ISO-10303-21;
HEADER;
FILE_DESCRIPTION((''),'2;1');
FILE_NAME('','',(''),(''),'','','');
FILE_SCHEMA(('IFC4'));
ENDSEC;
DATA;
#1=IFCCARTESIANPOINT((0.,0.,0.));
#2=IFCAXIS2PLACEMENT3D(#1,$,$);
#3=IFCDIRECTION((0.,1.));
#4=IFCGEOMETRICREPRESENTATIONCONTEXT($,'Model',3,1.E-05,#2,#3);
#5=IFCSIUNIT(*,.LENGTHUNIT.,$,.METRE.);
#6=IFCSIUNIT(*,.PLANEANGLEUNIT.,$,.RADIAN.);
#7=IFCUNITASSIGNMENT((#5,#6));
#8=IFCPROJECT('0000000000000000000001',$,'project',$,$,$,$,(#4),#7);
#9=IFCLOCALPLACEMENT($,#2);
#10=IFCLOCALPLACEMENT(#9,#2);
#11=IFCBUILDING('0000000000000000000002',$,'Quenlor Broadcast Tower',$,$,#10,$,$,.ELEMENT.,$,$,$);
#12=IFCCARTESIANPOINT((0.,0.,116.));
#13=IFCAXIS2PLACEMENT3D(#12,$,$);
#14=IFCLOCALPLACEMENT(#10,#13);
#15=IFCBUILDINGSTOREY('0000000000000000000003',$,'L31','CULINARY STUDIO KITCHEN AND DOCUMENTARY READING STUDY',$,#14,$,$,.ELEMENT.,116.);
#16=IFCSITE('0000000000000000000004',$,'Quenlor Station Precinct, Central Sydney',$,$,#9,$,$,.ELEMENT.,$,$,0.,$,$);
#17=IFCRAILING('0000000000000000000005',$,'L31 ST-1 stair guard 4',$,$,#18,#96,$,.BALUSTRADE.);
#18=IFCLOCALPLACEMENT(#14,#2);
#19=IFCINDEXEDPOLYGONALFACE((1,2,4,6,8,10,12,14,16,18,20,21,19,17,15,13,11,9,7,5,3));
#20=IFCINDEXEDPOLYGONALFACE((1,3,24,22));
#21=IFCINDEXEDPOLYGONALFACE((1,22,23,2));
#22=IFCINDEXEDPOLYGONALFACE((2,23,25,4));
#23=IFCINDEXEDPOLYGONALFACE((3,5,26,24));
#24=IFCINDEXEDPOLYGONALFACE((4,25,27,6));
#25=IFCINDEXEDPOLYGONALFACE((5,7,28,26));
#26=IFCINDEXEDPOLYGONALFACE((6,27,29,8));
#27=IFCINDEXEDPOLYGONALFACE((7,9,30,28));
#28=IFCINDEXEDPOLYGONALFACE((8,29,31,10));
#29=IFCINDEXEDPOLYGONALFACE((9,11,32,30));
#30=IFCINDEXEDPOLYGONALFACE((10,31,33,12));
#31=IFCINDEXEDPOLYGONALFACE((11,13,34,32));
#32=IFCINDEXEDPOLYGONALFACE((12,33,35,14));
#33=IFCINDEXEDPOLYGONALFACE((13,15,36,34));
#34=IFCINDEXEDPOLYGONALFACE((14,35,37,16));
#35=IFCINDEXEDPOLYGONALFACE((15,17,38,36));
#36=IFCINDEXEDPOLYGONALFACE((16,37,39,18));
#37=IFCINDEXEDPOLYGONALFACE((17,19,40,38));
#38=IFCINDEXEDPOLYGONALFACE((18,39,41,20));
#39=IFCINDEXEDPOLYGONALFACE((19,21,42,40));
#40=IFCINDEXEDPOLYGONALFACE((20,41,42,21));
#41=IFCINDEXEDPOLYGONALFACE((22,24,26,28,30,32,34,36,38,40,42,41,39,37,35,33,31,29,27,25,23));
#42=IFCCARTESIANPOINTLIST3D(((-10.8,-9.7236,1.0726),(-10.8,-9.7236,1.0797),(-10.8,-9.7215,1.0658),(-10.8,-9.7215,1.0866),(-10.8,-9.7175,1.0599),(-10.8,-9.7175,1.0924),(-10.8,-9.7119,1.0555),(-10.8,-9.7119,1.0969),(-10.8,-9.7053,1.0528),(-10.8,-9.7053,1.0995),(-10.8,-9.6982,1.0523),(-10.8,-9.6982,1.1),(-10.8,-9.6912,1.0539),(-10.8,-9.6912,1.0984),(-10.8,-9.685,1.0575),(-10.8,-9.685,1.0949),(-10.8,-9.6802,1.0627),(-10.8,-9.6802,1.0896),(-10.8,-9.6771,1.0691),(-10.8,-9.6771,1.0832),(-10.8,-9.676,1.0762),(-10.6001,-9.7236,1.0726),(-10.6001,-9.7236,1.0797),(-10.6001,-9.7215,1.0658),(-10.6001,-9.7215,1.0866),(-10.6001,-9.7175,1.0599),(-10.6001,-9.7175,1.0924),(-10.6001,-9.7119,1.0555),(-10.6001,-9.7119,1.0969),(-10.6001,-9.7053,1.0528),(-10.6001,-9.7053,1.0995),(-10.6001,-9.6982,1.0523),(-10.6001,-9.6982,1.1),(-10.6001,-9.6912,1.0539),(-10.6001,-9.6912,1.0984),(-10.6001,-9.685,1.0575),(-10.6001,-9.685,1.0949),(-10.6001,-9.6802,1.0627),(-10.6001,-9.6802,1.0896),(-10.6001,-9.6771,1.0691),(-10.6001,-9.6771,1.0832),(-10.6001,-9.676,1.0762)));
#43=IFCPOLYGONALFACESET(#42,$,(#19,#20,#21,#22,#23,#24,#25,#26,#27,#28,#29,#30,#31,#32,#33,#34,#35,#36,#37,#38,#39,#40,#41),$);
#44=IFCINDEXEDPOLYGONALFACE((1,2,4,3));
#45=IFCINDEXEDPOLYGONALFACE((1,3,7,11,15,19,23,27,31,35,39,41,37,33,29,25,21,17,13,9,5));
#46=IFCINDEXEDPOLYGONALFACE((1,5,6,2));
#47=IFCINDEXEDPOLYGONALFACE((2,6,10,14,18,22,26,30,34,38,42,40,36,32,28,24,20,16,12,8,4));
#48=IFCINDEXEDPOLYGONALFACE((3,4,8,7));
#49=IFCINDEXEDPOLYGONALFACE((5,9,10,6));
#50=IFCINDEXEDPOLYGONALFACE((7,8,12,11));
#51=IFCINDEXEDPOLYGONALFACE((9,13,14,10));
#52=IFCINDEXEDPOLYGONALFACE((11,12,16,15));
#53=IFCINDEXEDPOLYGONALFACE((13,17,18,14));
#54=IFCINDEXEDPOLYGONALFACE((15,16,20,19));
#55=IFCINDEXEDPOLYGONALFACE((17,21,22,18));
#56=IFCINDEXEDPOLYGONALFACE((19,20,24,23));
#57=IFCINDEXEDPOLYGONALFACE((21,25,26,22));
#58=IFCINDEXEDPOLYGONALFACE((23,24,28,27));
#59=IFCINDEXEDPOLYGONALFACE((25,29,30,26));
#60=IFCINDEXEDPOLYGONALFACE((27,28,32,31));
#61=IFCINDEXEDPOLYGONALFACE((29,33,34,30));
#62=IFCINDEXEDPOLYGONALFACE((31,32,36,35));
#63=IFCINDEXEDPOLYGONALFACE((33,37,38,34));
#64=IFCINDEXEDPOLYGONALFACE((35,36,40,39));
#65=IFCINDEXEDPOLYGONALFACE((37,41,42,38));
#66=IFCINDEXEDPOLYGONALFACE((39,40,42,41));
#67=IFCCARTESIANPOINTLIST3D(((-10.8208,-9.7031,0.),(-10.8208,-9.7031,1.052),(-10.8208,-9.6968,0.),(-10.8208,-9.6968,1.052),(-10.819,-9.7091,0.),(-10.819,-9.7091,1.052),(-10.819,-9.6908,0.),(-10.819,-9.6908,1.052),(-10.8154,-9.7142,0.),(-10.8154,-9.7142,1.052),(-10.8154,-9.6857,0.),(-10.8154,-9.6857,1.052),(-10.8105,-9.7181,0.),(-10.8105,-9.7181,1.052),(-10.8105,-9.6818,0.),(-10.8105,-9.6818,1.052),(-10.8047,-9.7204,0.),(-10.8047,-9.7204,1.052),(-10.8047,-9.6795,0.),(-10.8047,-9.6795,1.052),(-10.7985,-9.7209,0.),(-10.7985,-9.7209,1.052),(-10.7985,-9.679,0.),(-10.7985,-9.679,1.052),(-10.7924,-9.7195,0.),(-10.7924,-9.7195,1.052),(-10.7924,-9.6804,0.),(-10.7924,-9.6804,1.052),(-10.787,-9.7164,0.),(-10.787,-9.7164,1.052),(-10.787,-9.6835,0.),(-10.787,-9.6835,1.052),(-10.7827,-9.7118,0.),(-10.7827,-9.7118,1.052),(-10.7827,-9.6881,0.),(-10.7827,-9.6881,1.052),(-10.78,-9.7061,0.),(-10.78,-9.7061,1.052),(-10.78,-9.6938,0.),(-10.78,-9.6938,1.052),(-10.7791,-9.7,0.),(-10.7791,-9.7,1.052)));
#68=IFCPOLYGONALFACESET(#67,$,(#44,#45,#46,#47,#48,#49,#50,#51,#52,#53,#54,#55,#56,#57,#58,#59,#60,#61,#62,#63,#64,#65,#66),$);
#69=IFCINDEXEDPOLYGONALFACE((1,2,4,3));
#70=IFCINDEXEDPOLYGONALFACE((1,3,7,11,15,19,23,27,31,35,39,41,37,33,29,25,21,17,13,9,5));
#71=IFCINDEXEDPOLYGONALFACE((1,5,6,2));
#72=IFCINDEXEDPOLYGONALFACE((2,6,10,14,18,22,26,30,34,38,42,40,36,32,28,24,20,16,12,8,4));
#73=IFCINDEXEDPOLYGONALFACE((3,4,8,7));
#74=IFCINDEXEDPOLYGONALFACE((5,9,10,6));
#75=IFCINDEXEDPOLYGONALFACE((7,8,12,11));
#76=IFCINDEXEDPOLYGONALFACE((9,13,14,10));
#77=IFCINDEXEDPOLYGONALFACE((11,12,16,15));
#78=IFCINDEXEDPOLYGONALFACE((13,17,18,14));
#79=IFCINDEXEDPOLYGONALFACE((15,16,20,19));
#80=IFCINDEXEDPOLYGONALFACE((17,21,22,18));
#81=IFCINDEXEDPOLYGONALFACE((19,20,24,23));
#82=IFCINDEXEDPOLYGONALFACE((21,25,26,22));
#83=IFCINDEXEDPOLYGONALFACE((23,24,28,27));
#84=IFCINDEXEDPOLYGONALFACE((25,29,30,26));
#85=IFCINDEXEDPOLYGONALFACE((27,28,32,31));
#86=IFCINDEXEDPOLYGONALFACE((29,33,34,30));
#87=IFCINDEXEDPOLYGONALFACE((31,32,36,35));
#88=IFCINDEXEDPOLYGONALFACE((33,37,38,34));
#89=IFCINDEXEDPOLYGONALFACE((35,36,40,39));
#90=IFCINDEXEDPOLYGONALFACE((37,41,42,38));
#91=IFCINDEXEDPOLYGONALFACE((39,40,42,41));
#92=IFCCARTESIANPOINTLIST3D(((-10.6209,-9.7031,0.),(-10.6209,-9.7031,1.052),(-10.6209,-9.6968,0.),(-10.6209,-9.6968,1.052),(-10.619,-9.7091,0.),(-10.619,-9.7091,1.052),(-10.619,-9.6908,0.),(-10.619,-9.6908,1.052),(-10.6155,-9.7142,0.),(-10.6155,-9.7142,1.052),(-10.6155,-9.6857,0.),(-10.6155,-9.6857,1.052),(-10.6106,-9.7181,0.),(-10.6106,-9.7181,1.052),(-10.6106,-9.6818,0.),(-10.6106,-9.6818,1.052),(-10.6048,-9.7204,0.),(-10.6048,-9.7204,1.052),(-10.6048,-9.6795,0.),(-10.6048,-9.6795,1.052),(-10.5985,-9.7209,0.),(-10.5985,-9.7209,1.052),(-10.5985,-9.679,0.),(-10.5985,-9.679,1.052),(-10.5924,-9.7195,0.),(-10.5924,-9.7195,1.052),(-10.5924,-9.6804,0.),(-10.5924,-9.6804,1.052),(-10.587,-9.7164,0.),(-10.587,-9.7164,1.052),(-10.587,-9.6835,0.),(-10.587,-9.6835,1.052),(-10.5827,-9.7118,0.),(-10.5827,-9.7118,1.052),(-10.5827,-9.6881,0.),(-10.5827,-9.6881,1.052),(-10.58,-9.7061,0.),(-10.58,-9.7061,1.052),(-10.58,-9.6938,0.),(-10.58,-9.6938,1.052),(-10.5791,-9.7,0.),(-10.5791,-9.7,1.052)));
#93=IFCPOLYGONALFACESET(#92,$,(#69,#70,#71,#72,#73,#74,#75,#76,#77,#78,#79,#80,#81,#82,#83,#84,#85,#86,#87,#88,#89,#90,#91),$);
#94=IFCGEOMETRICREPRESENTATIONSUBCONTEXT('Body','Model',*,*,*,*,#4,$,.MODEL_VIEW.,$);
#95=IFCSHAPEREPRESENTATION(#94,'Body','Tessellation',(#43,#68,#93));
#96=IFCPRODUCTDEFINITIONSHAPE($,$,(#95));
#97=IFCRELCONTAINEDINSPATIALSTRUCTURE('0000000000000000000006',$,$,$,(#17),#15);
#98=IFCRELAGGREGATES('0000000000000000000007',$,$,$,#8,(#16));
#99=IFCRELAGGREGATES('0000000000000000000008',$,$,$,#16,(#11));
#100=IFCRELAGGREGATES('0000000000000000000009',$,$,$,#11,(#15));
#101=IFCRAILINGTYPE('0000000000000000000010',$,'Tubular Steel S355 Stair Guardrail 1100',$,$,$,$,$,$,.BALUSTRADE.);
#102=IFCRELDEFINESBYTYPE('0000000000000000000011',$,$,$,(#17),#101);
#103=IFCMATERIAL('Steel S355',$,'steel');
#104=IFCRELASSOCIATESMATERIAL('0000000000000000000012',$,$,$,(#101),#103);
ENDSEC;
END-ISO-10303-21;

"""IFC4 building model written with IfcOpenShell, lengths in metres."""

from ifc_helpers import new_model, si_unit, direction, frame, origin, origin_2d, place, context, subcontext, project, spatial, circle, extrude, material, type_object, element, save


model = new_model("IFC4")

# Units and contexts
model_context = context("Model", 3, precision=1e-05, world=origin(), true_north=direction((0.0, 1.0)))
body_context = subcontext(model_context, "Body", "Model", "MODEL_VIEW")
ifc_project = project(units=[si_unit("LENGTHUNIT", "METRE"), si_unit("PLANEANGLEUNIT", "RADIAN")], contexts=[model_context])

# Site, building, storey
site_placement = place(None, origin())
site = spatial("IfcSite", under=ifc_project, at=site_placement, Name="Quenlor Station Precinct, Central Sydney", CompositionType="ELEMENT", RefElevation=0.0)
building_placement = place(site_placement, origin())
building = spatial("IfcBuilding", under=site, at=building_placement, Name="Quenlor Broadcast Tower", CompositionType="ELEMENT")
storey_placement = place(building_placement, frame((0.0, 0.0, 116.0)))
storey = spatial("IfcBuildingStorey", under=building, at=storey_placement, Name="L31", Description="CULINARY STUDIO KITCHEN AND DOCUMENTARY READING STUDY", CompositionType="ELEMENT", Elevation=116.0)

# Railing
ifc_material_1 = material(Name="Steel S355", Category="steel")
railing_type_1 = type_object("IfcRailingType", Name="Tubular Steel S355 Stair Guardrail 1100", PredefinedType="BALUSTRADE", material=ifc_material_1)
railing_1_placement = place(storey_placement, frame((-10.8, -9.7, 0.0)))
element("IfcRailing", 1, at=railing_1_placement, inside=storey, type_object=railing_type_1, Name="L31 ST-1 stair guard 4", PredefinedType="BALUSTRADE", context=body_context, shape_type="SweptSolid", body=[
    extrude(circle(Radius=0.0239, at=origin_2d()), frame((0.0, 0.0, 1.0762), z_axis=(1.0, 0.0, 0.0), x_axis=(0.0, 1.0, 0.0)), (0.0, 0.0, 1.0), 0.2),
    extrude(circle(Radius=0.021, at=origin_2d()), origin(), (0.0, 0.0, 1.0), 1.052),
    extrude(circle(Radius=0.021, at=origin_2d()), frame((0.2, 0.0, 0.0)), (0.0, 0.0, 1.0), 1.052),
])

save(model, "model.ifc")
